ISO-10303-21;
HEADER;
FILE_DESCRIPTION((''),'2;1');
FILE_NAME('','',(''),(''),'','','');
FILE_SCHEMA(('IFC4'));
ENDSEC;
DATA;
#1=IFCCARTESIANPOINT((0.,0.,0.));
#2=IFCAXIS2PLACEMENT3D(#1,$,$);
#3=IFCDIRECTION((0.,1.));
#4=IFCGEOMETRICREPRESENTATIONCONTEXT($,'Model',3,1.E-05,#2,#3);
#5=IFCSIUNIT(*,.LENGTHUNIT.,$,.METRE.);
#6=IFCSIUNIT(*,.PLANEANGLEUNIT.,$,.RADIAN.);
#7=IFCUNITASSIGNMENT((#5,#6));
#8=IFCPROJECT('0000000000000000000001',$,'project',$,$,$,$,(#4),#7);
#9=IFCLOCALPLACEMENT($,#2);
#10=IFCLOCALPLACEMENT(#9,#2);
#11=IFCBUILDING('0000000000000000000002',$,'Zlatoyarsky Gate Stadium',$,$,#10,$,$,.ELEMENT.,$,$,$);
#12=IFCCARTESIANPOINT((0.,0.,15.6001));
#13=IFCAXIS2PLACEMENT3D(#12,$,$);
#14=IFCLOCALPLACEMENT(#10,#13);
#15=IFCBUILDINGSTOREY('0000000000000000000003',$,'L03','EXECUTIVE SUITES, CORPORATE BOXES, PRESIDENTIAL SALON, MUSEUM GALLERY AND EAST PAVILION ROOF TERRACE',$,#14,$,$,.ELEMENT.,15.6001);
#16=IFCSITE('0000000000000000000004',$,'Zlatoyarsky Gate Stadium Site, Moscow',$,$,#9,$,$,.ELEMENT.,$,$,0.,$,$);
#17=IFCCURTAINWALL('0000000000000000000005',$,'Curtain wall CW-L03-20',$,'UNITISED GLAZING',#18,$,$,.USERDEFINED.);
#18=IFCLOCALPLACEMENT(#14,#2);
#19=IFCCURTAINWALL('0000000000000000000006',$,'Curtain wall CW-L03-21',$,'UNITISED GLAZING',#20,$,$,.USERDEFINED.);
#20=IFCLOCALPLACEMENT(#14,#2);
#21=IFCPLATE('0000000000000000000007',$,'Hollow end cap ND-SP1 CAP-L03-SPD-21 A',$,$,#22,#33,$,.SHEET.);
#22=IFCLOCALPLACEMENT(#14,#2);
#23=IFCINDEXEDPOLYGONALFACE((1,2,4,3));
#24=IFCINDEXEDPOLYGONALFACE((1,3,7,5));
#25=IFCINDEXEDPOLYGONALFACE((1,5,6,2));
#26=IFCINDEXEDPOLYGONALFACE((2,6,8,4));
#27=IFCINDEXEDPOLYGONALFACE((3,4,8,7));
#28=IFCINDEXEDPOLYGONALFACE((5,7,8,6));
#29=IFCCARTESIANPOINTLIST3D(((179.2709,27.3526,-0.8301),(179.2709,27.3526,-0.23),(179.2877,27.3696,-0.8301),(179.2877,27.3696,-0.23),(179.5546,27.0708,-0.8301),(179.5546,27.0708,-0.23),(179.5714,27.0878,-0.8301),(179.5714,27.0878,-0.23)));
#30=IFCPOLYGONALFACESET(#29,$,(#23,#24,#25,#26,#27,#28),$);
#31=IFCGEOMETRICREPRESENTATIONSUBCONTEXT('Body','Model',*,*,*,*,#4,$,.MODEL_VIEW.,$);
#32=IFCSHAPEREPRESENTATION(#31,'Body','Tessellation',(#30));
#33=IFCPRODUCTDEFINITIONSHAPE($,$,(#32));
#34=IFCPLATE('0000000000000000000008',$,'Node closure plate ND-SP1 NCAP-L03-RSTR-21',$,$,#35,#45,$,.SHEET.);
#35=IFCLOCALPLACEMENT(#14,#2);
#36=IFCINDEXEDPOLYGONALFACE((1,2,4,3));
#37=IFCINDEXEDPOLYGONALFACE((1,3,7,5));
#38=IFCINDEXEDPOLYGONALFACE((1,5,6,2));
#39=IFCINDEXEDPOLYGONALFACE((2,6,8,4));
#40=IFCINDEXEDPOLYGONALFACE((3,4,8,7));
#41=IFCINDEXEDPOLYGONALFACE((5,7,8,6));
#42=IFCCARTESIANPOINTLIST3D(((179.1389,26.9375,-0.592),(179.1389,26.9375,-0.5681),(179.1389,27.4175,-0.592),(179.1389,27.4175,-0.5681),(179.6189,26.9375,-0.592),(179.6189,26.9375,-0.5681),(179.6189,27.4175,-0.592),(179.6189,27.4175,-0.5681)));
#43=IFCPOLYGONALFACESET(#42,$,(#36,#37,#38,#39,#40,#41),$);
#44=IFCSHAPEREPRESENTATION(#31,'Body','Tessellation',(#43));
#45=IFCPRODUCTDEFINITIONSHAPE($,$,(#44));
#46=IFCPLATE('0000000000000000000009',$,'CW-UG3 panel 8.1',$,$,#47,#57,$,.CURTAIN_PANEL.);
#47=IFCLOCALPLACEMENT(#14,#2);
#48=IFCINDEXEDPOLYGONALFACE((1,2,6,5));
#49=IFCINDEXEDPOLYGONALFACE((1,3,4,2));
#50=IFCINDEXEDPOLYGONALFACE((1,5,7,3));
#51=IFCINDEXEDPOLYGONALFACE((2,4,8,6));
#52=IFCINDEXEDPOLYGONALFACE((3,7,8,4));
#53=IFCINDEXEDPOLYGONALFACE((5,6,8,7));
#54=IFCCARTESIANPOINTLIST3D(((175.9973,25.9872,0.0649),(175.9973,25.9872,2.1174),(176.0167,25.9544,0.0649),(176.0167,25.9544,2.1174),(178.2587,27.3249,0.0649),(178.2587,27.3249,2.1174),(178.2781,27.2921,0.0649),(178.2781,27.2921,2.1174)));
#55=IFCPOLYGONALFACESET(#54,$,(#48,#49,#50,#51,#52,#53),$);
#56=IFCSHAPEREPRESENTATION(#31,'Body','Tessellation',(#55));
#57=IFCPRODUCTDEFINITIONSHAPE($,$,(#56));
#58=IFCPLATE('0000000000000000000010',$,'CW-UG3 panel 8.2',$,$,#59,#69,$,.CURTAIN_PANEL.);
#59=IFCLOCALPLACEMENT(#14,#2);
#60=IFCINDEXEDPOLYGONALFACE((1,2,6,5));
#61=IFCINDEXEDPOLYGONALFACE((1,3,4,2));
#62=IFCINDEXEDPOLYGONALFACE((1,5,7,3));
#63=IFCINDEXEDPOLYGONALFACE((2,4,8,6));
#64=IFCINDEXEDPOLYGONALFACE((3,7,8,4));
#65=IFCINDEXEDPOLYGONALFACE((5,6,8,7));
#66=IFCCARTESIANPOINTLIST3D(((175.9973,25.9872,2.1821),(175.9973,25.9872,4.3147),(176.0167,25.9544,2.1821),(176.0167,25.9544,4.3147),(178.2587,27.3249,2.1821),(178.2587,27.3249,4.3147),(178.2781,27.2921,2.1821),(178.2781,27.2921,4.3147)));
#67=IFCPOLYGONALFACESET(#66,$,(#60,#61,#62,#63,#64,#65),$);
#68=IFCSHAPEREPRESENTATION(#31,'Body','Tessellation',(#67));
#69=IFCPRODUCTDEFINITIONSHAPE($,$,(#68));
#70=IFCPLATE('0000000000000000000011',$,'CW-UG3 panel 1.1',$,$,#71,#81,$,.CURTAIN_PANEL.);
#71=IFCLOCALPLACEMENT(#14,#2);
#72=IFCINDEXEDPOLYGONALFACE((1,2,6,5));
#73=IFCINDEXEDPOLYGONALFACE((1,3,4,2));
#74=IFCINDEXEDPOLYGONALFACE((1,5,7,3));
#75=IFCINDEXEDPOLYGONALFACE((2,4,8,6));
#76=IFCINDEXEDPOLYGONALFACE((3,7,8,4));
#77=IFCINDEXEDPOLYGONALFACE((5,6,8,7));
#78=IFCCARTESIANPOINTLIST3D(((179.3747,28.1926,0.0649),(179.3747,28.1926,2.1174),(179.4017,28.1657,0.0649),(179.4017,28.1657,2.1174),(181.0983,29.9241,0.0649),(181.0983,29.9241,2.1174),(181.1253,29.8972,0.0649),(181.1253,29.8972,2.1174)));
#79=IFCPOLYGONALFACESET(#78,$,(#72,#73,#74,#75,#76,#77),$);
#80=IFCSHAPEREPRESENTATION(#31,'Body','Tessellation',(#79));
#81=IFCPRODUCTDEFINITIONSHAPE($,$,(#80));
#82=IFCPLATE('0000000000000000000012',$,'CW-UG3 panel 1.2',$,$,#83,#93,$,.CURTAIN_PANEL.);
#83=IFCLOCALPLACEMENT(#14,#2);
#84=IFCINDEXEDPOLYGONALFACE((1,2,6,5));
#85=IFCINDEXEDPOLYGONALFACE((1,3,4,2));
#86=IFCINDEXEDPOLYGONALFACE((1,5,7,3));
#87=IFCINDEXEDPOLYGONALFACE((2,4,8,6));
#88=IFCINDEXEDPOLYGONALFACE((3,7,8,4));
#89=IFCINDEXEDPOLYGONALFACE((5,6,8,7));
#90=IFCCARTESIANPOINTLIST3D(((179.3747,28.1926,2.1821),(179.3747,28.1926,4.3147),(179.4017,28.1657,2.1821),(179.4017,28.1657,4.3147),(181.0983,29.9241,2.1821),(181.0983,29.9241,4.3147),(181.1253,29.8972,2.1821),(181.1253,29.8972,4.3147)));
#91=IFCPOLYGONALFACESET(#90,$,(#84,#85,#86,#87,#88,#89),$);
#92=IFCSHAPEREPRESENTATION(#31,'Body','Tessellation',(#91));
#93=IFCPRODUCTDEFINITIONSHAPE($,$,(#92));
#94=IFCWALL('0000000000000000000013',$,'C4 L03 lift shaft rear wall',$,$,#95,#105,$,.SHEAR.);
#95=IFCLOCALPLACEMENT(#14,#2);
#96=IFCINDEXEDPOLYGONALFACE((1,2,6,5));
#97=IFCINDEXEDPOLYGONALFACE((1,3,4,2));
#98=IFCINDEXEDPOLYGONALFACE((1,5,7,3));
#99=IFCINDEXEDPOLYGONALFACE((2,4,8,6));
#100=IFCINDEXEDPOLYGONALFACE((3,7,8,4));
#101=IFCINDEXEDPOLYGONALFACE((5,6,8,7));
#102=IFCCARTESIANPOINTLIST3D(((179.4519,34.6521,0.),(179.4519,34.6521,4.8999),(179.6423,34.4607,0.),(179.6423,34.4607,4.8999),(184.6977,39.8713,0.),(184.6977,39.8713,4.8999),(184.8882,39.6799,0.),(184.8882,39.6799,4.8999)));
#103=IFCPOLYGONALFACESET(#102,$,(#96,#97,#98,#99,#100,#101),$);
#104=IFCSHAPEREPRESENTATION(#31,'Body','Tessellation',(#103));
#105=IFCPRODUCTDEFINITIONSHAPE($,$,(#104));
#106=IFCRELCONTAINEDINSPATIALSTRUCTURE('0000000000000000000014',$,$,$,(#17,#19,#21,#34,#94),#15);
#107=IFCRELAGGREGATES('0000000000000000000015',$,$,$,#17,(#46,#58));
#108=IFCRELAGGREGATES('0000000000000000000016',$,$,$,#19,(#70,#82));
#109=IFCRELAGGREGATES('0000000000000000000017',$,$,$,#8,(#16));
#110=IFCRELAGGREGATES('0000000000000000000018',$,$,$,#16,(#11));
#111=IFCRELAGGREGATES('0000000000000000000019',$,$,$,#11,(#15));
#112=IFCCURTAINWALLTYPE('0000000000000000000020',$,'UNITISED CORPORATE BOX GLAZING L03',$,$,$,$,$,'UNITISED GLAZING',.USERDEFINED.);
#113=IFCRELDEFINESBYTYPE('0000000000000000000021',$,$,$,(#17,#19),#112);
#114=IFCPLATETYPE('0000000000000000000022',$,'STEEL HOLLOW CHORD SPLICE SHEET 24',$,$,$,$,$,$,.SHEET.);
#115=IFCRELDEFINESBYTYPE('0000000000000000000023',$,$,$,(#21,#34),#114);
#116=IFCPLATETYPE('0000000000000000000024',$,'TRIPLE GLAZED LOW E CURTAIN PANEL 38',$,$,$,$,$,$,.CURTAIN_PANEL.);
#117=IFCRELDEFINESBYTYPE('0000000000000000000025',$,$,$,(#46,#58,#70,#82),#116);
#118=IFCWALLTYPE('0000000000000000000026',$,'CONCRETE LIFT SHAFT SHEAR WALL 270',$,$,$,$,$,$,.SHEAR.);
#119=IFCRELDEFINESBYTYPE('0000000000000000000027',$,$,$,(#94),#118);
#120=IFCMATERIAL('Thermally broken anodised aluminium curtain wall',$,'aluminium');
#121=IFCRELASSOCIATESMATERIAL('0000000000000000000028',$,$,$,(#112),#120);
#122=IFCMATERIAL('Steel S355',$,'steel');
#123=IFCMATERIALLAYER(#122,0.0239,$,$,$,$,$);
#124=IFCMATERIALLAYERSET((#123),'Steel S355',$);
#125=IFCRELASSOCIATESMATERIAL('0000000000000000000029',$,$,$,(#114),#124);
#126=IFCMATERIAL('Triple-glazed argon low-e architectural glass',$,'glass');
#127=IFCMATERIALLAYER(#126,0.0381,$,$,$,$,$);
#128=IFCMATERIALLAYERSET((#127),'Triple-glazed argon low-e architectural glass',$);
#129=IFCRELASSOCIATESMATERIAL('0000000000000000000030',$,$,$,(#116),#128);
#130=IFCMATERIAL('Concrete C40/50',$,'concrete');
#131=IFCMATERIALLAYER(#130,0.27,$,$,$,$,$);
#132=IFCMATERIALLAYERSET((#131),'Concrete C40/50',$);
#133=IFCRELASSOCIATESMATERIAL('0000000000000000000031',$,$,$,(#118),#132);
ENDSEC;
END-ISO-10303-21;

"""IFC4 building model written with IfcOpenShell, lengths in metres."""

from ifc_helpers import new_model, si_unit, direction, frame, frame_2d, origin, origin_2d, place, context, subcontext, project, spatial, rectangle, extrude, material, layer, layer_set, type_object, element, aggregate, save


model = new_model("IFC4")

# Units and contexts
model_context = context("Model", 3, precision=1e-05, world=origin(), true_north=direction((0.0, 1.0)))
body_context = subcontext(model_context, "Body", "Model", "MODEL_VIEW")
ifc_project = project(units=[si_unit("LENGTHUNIT", "METRE"), si_unit("PLANEANGLEUNIT", "RADIAN")], contexts=[model_context])

# Site, building, storey
site_placement = place(None, origin())
site = spatial("IfcSite", under=ifc_project, at=site_placement, Name="Zlatoyarsky Gate Stadium Site, Moscow", CompositionType="ELEMENT", RefElevation=0.0)
building_placement = place(site_placement, origin())
building = spatial("IfcBuilding", under=site, at=building_placement, Name="Zlatoyarsky Gate Stadium", CompositionType="ELEMENT")
storey_placement = place(building_placement, frame((0.0, 0.0, 15.6001)))
storey = spatial("IfcBuildingStorey", under=building, at=storey_placement, Name="L03", Description="EXECUTIVE SUITES, CORPORATE BOXES, PRESIDENTIAL SALON, MUSEUM GALLERY AND EAST PAVILION ROOF TERRACE", CompositionType="ELEMENT", Elevation=15.6001)

# Shared definitions
ifc_material_1 = material(Name="Steel S355", Category="steel")

# Curtain wall
ifc_material_2 = material(Name="Thermally broken anodised aluminium curtain wall", Category="aluminium")
curtain_wall_type = type_object("IfcCurtainWallType", Name="UNITISED CORPORATE BOX GLAZING L03", ElementType="UNITISED GLAZING", PredefinedType="USERDEFINED", material=ifc_material_2)
curtain_wall_1_placement = place(storey_placement, origin())
curtain_wall_1 = element("IfcCurtainWall", 1, at=curtain_wall_1_placement, inside=storey, type_object=curtain_wall_type, Name="Curtain wall CW-L03-20", ObjectType="UNITISED GLAZING", PredefinedType="USERDEFINED")

# Curtain wall
curtain_wall_2_placement = place(storey_placement, origin())
curtain_wall_2 = element("IfcCurtainWall", 2, at=curtain_wall_2_placement, inside=storey, type_object=curtain_wall_type, Name="Curtain wall CW-L03-21", ObjectType="UNITISED GLAZING", PredefinedType="USERDEFINED")

# Plates
ifc_layer_1 = layer(ifc_material_1, 0.0239)
ifc_layer_set_1 = layer_set([ifc_layer_1], Name="Steel S355")
plate_type_1 = type_object("IfcPlateType", Name="STEEL HOLLOW CHORD SPLICE SHEET 24", PredefinedType="SHEET", material=ifc_layer_set_1)
for number, where, z_axis, x_axis, name in (
    (3, (179.4211, 27.2202, -0.8301), (0.0, 0.0, 1.0), (0.70473, 0.709476, 0.0), "Hollow end cap ND-SP1 CAP-L03-SPD-21 A"),
):
    element("IfcPlate", number, at=place(storey_placement, frame(where, z_axis=z_axis, x_axis=x_axis)), inside=storey, type_object=plate_type_1, Name=name, PredefinedType="SHEET", context=body_context, shape_type="SweptSolid", body=[
        extrude(rectangle(XDim=0.0239, YDim=0.3999, at=origin_2d()), origin(), (0.0, 0.0, 1.0), 0.6001),
    ])
plate_1_placement = place(storey_placement, frame((179.3789, 27.1775, -0.592), z_axis=(0.0, 0.0, 1.0), x_axis=(1.0, 0.0, 0.0)))
element("IfcPlate", 4, at=plate_1_placement, inside=storey, type_object=plate_type_1, Name="Node closure plate ND-SP1 NCAP-L03-RSTR-21", PredefinedType="SHEET", context=body_context, shape_type="SweptSolid", body=[
    extrude(rectangle(XDim=0.48, YDim=0.48, at=origin_2d()), origin(), (0.0, 0.0, 1.0), 0.0239),
])

# Plates
ifc_material_3 = material(Name="Triple-glazed argon low-e architectural glass", Category="glass")
ifc_layer_2 = layer(ifc_material_3, 0.0381)
ifc_layer_set_2 = layer_set([ifc_layer_2], Name="Triple-glazed argon low-e architectural glass")
plate_type_2 = type_object("IfcPlateType", Name="TRIPLE GLAZED LOW E CURTAIN PANEL 38", PredefinedType="CURTAIN_PANEL", material=ifc_layer_set_2)
plate_2_placement = place(storey_placement, frame((177.1377, 26.6396, 0.0649), z_axis=(0.0, 0.0, 1.0), x_axis=(0.860708, 0.509098, 0.0)))
plate_2 = element("IfcPlate", 5, at=plate_2_placement, type_object=plate_type_2, Name="CW-UG3 panel 8.1", PredefinedType="CURTAIN_PANEL", context=body_context, shape_type="SweptSolid", body=[
    extrude(rectangle(XDim=2.6274, YDim=0.0381, at=origin_2d()), origin(), (0.0, 0.0, 1.0), 2.0525),
])
plate_3_placement = place(storey_placement, frame((177.1377, 26.6396, 2.1821), z_axis=(0.0, 0.0, 1.0), x_axis=(0.860708, 0.509098, 0.0)))
plate_3 = element("IfcPlate", 6, at=plate_3_placement, type_object=plate_type_2, Name="CW-UG3 panel 8.2", PredefinedType="CURTAIN_PANEL", context=body_context, shape_type="SweptSolid", body=[
    extrude(rectangle(XDim=2.6274, YDim=0.0381, at=origin_2d()), origin(), (0.0, 0.0, 1.0), 2.1326),
])
aggregate(curtain_wall_1, [plate_2, plate_3])
plate_4_placement = place(storey_placement, frame((180.25, 29.0449, 0.0649), z_axis=(0.0, 0.0, 1.0), x_axis=(0.705489, 0.708721, 0.0)))
plate_4 = element("IfcPlate", 7, at=plate_4_placement, type_object=plate_type_2, Name="CW-UG3 panel 1.1", PredefinedType="CURTAIN_PANEL", context=body_context, shape_type="SweptSolid", body=[
    extrude(rectangle(XDim=2.4431, YDim=0.0381, at=origin_2d()), origin(), (0.0, 0.0, 1.0), 2.0525),
])
plate_5_placement = place(storey_placement, frame((180.25, 29.0449, 2.1821), z_axis=(0.0, 0.0, 1.0), x_axis=(0.705489, 0.708721, 0.0)))
plate_5 = element("IfcPlate", 8, at=plate_5_placement, type_object=plate_type_2, Name="CW-UG3 panel 1.2", PredefinedType="CURTAIN_PANEL", context=body_context, shape_type="SweptSolid", body=[
    extrude(rectangle(XDim=2.4431, YDim=0.0381, at=origin_2d()), origin(), (0.0, 0.0, 1.0), 2.1326),
])
aggregate(curtain_wall_2, [plate_4, plate_5])

# Wall
ifc_material_4 = material(Name="Concrete C40/50", Category="concrete")
ifc_layer_3 = layer(ifc_material_4, 0.27)
ifc_layer_set_3 = layer_set([ifc_layer_3], Name="Concrete C40/50")
wall_type = type_object("IfcWallType", Name="CONCRETE LIFT SHAFT SHEAR WALL 270", PredefinedType="SHEAR", material=ifc_layer_set_3)
wall_placement = place(storey_placement, frame((179.5471, 34.5564, 0.0), z_axis=(0.0, 0.0, 1.0), x_axis=(0.708903, 0.705306, 0.0)))
element("IfcWall", 9, at=wall_placement, inside=storey, type_object=wall_type, Name="C4 L03 lift shaft rear wall", PredefinedType="SHEAR", context=body_context, shape_type="SweptSolid", body=[
    extrude(rectangle(XDim=7.3999, YDim=0.27, at=frame_2d((3.7, 0.0))), origin(), (0.0, 0.0, 1.0), 4.8999),
])

save(model, "model.ifc")
